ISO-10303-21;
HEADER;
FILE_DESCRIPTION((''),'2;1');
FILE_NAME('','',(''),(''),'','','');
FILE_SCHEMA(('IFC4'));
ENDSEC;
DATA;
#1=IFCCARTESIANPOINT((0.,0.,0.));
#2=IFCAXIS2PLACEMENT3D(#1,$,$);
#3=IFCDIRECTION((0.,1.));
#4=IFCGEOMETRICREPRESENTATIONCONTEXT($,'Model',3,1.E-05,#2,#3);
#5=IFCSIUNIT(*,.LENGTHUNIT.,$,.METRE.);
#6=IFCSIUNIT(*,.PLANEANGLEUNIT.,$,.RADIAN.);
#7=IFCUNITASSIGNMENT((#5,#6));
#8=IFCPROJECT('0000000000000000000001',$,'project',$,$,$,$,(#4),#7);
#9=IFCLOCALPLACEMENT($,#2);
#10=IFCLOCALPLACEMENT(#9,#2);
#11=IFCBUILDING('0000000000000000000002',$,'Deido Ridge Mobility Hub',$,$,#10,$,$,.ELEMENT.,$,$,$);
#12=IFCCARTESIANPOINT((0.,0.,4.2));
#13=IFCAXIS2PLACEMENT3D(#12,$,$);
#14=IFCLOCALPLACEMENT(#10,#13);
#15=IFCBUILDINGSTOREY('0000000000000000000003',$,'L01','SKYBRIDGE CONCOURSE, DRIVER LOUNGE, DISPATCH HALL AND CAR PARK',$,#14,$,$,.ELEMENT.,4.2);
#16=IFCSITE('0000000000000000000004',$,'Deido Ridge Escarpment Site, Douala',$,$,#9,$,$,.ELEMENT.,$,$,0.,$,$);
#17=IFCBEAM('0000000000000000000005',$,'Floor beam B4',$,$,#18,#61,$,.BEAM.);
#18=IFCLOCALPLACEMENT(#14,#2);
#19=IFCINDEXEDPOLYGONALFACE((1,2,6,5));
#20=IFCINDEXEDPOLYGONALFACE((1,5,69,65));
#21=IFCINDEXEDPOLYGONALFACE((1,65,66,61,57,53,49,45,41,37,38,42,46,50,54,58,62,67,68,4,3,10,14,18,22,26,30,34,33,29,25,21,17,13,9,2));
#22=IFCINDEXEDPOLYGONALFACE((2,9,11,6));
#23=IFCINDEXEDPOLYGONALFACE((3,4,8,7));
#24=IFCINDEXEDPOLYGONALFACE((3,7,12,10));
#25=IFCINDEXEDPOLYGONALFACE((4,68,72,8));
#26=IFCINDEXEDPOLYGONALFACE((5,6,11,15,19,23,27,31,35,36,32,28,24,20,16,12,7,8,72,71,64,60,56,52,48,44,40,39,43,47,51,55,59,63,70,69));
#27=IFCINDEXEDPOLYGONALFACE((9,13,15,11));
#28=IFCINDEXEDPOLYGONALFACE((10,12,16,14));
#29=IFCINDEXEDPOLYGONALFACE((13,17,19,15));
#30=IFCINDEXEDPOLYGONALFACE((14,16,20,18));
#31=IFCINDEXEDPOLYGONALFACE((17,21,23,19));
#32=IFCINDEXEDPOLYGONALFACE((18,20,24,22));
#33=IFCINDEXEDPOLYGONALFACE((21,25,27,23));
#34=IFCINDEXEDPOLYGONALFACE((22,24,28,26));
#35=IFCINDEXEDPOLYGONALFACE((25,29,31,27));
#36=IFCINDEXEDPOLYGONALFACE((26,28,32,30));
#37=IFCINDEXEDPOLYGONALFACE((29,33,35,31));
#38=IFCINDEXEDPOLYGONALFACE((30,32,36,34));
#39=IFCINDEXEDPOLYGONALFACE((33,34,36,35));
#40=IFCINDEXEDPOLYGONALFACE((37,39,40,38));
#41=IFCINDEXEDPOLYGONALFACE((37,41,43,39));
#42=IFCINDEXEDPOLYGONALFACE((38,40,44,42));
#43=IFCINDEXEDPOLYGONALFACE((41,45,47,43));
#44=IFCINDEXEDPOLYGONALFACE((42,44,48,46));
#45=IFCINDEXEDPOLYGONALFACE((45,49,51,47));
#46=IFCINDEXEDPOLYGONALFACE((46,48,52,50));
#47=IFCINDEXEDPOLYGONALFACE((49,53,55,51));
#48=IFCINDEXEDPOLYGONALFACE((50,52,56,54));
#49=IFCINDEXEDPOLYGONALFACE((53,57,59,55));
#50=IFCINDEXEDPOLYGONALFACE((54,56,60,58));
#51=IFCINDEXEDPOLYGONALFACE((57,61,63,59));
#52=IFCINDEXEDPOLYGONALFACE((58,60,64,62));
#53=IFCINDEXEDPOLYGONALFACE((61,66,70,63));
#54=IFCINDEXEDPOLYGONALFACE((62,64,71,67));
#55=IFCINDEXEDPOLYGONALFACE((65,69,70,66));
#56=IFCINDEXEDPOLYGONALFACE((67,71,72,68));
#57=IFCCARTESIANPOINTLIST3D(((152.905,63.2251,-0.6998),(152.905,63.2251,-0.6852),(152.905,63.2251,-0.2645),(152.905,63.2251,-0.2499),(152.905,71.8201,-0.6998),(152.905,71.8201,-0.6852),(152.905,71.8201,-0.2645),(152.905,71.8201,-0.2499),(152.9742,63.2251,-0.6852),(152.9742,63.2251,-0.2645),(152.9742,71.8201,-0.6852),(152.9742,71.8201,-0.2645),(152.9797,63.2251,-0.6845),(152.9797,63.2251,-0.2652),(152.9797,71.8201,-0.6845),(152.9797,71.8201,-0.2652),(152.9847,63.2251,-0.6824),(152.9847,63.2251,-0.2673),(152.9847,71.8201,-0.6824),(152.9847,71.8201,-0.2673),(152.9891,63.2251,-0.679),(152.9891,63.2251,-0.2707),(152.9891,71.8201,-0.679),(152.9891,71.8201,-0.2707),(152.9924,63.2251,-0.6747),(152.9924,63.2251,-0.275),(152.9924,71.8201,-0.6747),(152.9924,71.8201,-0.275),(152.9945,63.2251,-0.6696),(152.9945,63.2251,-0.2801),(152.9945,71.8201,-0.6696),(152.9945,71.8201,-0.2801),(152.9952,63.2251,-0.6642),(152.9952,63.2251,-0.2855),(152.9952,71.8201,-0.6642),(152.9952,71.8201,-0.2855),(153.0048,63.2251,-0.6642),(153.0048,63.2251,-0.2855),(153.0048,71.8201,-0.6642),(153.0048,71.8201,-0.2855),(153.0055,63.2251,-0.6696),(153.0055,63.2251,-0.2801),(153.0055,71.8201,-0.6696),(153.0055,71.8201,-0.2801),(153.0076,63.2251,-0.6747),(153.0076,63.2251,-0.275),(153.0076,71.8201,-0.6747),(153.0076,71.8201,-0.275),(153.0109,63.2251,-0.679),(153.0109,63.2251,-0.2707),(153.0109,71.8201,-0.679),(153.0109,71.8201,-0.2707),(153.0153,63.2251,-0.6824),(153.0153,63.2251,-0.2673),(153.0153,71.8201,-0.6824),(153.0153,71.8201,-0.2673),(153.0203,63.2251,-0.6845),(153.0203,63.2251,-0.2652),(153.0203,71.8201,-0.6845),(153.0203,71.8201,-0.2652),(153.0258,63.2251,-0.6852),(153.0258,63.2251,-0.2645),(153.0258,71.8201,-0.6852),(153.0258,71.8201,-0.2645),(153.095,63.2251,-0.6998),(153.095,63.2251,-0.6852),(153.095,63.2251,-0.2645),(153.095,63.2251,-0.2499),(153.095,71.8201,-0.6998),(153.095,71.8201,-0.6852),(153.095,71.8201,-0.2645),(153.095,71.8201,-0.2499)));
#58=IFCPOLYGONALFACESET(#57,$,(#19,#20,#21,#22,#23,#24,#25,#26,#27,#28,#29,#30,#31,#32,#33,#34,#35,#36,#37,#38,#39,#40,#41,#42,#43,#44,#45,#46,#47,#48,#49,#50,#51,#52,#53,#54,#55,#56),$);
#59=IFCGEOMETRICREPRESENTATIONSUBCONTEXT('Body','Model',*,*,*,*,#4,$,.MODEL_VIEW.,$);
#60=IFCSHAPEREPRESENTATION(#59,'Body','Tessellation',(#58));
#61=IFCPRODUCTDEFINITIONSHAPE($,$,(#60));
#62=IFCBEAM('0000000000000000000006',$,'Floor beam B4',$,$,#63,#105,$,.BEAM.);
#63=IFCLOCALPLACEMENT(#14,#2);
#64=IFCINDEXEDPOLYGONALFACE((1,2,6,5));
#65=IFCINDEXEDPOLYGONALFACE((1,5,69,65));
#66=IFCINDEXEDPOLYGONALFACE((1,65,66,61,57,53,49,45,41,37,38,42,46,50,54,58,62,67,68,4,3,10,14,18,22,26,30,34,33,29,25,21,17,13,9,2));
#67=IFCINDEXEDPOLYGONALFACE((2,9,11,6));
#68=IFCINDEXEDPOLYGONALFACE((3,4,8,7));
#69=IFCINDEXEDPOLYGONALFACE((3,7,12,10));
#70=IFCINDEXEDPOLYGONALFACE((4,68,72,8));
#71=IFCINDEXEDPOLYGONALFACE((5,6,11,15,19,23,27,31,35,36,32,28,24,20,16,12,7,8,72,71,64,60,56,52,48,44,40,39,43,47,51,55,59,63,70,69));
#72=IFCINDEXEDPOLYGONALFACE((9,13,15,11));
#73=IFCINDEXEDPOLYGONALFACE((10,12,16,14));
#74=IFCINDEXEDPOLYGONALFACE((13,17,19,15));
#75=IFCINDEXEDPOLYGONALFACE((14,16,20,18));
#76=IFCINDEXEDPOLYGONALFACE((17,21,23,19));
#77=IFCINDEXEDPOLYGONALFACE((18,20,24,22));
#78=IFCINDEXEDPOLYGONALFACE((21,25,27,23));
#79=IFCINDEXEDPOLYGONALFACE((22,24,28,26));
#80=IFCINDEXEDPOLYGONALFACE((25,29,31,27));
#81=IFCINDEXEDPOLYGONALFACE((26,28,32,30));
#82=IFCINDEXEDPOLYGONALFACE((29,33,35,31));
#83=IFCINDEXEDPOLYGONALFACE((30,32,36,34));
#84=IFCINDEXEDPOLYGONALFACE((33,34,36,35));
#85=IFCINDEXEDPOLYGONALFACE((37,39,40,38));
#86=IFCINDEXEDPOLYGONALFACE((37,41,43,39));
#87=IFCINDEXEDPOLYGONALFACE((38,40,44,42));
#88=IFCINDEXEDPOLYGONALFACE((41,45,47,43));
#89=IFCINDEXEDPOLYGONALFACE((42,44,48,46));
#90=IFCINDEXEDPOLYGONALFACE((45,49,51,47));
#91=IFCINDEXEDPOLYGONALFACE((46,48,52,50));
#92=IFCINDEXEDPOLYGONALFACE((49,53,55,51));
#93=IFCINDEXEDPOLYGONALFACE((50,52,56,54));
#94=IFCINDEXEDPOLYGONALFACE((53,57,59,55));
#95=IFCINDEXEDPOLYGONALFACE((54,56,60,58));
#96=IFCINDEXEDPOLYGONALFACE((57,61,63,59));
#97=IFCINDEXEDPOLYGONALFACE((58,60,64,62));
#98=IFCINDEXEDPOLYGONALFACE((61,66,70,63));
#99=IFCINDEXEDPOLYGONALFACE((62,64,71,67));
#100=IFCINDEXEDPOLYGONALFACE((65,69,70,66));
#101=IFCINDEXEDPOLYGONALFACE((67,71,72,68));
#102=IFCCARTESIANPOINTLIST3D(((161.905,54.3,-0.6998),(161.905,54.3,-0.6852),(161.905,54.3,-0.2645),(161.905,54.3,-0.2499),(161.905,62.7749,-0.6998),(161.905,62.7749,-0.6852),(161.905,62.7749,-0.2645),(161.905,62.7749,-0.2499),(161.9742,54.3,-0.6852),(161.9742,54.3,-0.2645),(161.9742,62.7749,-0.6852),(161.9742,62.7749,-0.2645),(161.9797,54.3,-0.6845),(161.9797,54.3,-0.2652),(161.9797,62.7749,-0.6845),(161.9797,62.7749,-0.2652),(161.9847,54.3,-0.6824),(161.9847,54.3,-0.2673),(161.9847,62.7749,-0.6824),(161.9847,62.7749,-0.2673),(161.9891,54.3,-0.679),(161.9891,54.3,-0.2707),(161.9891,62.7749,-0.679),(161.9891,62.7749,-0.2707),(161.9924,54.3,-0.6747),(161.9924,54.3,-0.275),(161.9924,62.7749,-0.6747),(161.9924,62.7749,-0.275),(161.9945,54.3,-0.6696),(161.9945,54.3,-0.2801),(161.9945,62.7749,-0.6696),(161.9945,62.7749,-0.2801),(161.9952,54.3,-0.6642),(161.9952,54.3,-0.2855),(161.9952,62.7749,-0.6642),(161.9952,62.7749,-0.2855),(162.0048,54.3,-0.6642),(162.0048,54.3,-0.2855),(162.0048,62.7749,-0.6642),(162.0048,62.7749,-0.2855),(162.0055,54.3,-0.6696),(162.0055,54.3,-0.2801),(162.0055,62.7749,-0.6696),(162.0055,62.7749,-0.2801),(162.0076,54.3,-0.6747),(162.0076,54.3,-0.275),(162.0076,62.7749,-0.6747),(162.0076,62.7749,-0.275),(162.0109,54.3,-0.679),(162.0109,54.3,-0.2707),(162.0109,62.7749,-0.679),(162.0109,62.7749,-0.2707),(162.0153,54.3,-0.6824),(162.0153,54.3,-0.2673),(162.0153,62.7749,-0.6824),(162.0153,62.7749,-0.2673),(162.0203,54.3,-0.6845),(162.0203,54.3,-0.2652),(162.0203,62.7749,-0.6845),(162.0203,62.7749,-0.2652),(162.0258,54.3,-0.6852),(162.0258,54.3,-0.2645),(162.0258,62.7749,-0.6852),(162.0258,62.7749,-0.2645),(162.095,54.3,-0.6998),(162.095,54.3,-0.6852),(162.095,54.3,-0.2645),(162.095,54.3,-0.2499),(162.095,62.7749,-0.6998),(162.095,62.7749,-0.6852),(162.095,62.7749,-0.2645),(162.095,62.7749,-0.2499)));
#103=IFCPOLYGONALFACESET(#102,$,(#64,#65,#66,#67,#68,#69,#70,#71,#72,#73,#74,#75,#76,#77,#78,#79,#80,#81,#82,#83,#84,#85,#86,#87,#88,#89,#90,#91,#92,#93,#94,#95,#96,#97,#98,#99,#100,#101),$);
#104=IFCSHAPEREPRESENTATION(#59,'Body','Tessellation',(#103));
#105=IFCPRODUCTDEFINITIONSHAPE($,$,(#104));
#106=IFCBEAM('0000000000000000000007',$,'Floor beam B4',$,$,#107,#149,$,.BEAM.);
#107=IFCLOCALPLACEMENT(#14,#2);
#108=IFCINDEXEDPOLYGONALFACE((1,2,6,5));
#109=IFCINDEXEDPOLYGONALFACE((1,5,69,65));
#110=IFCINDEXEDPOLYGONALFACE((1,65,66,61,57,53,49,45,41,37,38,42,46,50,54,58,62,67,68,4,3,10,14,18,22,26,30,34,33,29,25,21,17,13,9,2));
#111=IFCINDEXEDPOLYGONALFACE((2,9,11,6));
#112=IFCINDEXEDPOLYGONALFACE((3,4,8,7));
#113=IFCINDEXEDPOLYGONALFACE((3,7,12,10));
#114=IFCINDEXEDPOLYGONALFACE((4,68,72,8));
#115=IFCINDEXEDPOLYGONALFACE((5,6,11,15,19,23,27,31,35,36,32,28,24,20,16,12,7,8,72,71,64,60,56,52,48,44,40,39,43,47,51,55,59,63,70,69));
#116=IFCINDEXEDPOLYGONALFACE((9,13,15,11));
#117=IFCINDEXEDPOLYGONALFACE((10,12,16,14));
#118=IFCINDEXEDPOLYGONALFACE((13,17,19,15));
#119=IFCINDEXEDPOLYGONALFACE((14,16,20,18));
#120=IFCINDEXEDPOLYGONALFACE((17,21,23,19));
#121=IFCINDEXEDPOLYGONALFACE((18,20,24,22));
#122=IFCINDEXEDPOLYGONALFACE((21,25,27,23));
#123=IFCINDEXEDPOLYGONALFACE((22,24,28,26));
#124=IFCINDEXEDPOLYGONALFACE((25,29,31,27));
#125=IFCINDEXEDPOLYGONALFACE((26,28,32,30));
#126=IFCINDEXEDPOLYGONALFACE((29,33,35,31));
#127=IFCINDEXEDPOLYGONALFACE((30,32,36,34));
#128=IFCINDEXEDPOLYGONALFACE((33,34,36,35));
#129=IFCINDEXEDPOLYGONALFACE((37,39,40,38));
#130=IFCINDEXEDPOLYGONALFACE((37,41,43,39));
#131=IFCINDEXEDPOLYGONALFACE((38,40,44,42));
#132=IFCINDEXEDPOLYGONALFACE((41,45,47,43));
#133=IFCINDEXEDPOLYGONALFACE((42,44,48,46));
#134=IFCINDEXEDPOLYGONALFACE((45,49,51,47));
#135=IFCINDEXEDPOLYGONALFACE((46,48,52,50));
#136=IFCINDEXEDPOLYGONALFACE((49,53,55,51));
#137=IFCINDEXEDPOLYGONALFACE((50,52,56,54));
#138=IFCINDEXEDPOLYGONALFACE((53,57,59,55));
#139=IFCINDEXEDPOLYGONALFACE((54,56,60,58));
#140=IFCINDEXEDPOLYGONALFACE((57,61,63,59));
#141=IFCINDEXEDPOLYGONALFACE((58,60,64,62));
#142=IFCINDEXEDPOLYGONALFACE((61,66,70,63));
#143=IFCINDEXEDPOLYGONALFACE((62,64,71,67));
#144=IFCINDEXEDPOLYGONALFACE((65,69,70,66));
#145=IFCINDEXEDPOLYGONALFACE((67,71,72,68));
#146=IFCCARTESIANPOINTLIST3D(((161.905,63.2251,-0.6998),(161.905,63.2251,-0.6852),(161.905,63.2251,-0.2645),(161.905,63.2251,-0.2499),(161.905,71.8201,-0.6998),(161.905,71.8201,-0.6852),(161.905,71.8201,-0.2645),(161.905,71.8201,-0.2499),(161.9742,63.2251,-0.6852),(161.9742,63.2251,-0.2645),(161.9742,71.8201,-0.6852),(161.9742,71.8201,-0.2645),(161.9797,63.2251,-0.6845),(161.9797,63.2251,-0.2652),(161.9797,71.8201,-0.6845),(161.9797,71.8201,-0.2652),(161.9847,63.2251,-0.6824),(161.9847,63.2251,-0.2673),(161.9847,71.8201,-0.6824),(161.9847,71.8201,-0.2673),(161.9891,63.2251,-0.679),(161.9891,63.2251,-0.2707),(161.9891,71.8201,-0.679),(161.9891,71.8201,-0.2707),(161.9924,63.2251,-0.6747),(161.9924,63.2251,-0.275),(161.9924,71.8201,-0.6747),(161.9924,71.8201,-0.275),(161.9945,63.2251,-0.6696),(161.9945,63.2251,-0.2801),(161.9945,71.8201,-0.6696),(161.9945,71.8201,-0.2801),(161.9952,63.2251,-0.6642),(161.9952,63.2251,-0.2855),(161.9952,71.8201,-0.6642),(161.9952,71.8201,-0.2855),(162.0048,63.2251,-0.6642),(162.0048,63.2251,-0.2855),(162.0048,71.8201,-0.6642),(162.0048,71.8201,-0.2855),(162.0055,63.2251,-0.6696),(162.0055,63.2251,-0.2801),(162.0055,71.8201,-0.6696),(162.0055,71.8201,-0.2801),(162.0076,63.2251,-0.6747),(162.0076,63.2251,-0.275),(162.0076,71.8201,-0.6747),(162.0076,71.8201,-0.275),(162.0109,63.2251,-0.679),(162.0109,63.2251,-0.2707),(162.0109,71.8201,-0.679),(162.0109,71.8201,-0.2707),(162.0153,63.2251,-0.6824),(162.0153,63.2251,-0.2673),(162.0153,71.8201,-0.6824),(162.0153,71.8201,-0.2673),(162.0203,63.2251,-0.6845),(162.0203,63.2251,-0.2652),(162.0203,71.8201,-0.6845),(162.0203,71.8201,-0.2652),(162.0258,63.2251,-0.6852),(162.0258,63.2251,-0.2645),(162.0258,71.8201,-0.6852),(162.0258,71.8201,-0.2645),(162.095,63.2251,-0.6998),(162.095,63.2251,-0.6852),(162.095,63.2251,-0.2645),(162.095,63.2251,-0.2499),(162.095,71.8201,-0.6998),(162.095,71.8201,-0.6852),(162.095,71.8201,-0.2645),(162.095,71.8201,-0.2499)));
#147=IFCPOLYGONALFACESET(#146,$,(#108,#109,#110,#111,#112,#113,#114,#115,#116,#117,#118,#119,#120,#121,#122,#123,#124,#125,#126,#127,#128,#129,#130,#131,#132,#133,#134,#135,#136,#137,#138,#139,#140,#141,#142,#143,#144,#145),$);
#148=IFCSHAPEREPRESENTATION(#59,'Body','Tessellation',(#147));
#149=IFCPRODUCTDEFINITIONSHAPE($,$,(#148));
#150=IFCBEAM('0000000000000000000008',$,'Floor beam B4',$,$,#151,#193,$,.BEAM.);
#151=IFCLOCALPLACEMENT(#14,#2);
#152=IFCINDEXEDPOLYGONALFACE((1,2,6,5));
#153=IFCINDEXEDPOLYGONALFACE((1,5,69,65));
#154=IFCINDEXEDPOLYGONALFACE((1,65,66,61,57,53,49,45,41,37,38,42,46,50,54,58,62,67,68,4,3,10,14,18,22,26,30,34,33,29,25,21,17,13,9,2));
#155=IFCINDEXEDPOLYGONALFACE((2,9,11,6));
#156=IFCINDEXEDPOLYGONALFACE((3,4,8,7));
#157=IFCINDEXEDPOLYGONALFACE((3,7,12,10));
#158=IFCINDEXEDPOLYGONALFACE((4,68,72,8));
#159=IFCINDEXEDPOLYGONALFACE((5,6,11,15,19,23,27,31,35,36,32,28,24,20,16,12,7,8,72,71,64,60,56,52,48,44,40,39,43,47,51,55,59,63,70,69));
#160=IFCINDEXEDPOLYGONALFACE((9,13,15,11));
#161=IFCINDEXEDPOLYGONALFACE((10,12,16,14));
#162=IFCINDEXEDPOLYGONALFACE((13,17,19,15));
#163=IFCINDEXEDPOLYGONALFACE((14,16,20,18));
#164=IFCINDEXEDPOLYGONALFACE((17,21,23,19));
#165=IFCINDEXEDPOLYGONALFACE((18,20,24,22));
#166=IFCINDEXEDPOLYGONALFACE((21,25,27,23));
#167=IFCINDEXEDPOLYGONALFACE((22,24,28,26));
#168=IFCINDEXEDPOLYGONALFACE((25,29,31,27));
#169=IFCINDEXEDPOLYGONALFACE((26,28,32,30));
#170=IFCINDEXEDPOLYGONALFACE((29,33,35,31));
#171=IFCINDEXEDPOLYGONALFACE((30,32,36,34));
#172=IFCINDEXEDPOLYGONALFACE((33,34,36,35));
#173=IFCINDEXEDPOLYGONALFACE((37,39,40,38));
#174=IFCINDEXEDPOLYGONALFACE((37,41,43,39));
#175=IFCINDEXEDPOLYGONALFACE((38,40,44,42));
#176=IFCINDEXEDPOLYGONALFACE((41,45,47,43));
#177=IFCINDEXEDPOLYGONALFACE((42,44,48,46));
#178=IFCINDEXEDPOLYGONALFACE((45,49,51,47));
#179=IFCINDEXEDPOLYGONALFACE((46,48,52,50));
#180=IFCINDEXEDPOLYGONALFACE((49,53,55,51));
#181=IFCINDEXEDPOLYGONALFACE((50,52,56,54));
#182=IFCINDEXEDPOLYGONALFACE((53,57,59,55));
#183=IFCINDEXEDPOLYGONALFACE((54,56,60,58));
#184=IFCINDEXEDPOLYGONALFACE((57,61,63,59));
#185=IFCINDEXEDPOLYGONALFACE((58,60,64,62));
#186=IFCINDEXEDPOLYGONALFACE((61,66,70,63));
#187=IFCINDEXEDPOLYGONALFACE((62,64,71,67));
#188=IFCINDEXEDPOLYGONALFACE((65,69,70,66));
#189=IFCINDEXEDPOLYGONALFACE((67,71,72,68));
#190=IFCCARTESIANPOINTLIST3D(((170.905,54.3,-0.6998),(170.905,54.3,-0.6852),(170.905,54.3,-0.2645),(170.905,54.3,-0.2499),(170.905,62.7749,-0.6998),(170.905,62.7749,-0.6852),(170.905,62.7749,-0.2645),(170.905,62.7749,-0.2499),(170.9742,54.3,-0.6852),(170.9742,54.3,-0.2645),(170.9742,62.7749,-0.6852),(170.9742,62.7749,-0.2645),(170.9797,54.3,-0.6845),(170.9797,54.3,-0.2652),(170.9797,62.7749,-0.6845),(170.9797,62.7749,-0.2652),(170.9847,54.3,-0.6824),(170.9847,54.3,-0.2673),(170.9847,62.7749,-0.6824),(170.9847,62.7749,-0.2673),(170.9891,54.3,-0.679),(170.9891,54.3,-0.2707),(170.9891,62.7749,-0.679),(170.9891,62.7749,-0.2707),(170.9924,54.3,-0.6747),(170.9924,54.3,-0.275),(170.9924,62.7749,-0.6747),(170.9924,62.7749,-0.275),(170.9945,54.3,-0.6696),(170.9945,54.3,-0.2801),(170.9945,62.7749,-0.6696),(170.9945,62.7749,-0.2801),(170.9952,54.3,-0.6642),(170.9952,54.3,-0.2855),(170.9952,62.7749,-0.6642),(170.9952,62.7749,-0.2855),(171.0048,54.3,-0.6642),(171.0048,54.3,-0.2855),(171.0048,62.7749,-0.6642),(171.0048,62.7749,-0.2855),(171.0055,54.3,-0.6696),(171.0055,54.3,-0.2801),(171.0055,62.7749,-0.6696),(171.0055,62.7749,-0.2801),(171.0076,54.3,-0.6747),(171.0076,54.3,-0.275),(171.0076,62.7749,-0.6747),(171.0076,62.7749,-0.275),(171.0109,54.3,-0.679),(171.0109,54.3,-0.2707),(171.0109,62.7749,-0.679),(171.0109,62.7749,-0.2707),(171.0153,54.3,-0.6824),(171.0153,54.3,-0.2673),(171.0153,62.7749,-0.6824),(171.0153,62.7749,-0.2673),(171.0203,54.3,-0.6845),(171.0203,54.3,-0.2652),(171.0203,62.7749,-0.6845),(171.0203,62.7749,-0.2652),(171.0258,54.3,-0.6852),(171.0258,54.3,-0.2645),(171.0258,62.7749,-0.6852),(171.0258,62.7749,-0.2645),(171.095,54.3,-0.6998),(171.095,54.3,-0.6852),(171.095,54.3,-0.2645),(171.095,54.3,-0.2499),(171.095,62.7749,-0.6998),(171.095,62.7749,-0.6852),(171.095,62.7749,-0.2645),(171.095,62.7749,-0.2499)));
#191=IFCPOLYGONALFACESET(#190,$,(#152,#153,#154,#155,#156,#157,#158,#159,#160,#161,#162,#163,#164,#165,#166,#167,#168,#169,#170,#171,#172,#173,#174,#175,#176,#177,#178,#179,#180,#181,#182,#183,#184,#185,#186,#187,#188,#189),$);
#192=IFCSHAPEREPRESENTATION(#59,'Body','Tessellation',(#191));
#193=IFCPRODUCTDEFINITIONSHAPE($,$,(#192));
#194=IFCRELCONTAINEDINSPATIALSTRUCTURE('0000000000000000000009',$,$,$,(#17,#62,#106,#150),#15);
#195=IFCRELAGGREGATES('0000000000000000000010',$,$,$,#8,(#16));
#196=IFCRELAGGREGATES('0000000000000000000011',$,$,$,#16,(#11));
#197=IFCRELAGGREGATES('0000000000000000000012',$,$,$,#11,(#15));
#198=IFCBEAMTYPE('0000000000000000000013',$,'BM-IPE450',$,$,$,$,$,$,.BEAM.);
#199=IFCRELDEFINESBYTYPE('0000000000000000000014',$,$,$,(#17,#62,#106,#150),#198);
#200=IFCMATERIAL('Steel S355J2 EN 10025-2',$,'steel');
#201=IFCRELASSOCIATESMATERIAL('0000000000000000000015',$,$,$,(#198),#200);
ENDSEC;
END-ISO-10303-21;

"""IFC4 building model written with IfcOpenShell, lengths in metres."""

from ifc_helpers import new_model, si_unit, direction, frame, origin, origin_2d, place, context, subcontext, project, spatial, i_section, extrude, material, material_profile, profile_set, type_object, element, save


model = new_model("IFC4")

# Units and contexts
model_context = context("Model", 3, precision=1e-05, world=origin(), true_north=direction((0.0, 1.0)))
body_context = subcontext(model_context, "Body", "Model", "MODEL_VIEW")
ifc_project = project(units=[si_unit("LENGTHUNIT", "METRE"), si_unit("PLANEANGLEUNIT", "RADIAN")], contexts=[model_context])

# Site, building, storey
site_placement = place(None, origin())
site = spatial("IfcSite", under=ifc_project, at=site_placement, Name="Deido Ridge Escarpment Site, Douala", CompositionType="ELEMENT", RefElevation=0.0)
building_placement = place(site_placement, origin())
building = spatial("IfcBuilding", under=site, at=building_placement, Name="Deido Ridge Mobility Hub", CompositionType="ELEMENT")
storey_placement = place(building_placement, frame((0.0, 0.0, 4.2)))
storey = spatial("IfcBuildingStorey", under=building, at=storey_placement, Name="L01", Description="SKYBRIDGE CONCOURSE, DRIVER LOUNGE, DISPATCH HALL AND CAR PARK", CompositionType="ELEMENT", Elevation=4.2)

# Shared definitions
ifc_material_1 = material(Name="Steel S355J2 EN 10025-2", Category="steel")

# Beams
ifc_material_profile_1 = material_profile(ifc_material_1, i_section(OverallWidth=0.1899, OverallDepth=0.45, WebThickness=0.0095, FlangeThickness=0.0146, FilletRadius=0.021, at=origin_2d()), Name="IPE 450")
ifc_profile_set_1 = profile_set([ifc_material_profile_1], Name="Steel S355J2 EN 10025-2")
beam_type_1 = type_object("IfcBeamType", Name="BM-IPE450", PredefinedType="BEAM", material=ifc_profile_set_1)
beam_1_placement = place(storey_placement, frame((153.0, 63.2251, -0.4749), z_axis=(0.0, 1.0, 0.0), x_axis=(-1.0, 0.0, 0.0)))
element("IfcBeam", 1, at=beam_1_placement, inside=storey, type_object=beam_type_1, Name="Floor beam B4", PredefinedType="BEAM", context=body_context, shape_type="SweptSolid", body=[
    extrude(i_section(OverallWidth=0.1899, OverallDepth=0.45, WebThickness=0.0095, FlangeThickness=0.0146, FilletRadius=0.021, at=origin_2d()), origin(), (0.0, 0.0, 1.0), 8.595),
])
beam_2_placement = place(storey_placement, frame((162.0, 54.3, -0.4749), z_axis=(0.0, 1.0, 0.0), x_axis=(-1.0, 0.0, 0.0)))
element("IfcBeam", 2, at=beam_2_placement, inside=storey, type_object=beam_type_1, Name="Floor beam B4", PredefinedType="BEAM", context=body_context, shape_type="SweptSolid", body=[
    extrude(i_section(OverallWidth=0.1899, OverallDepth=0.45, WebThickness=0.0095, FlangeThickness=0.0146, FilletRadius=0.021, at=origin_2d()), origin(), (0.0, 0.0, 1.0), 8.4749),
])
beam_3_placement = place(storey_placement, frame((162.0, 63.2251, -0.4749), z_axis=(0.0, 1.0, 0.0), x_axis=(-1.0, 0.0, 0.0)))
element("IfcBeam", 3, at=beam_3_placement, inside=storey, type_object=beam_type_1, Name="Floor beam B4", PredefinedType="BEAM", context=body_context, shape_type="SweptSolid", body=[
    extrude(i_section(OverallWidth=0.1899, OverallDepth=0.45, WebThickness=0.0095, FlangeThickness=0.0146, FilletRadius=0.021, at=origin_2d()), origin(), (0.0, 0.0, 1.0), 8.595),
])
beam_4_placement = place(storey_placement, frame((171.0, 54.3, -0.4749), z_axis=(0.0, 1.0, 0.0), x_axis=(-1.0, 0.0, 0.0)))
element("IfcBeam", 4, at=beam_4_placement, inside=storey, type_object=beam_type_1, Name="Floor beam B4", PredefinedType="BEAM", context=body_context, shape_type="SweptSolid", body=[
    extrude(i_section(OverallWidth=0.1899, OverallDepth=0.45, WebThickness=0.0095, FlangeThickness=0.0146, FilletRadius=0.021, at=origin_2d()), origin(), (0.0, 0.0, 1.0), 8.4749),
])

save(model, "model.ifc")
